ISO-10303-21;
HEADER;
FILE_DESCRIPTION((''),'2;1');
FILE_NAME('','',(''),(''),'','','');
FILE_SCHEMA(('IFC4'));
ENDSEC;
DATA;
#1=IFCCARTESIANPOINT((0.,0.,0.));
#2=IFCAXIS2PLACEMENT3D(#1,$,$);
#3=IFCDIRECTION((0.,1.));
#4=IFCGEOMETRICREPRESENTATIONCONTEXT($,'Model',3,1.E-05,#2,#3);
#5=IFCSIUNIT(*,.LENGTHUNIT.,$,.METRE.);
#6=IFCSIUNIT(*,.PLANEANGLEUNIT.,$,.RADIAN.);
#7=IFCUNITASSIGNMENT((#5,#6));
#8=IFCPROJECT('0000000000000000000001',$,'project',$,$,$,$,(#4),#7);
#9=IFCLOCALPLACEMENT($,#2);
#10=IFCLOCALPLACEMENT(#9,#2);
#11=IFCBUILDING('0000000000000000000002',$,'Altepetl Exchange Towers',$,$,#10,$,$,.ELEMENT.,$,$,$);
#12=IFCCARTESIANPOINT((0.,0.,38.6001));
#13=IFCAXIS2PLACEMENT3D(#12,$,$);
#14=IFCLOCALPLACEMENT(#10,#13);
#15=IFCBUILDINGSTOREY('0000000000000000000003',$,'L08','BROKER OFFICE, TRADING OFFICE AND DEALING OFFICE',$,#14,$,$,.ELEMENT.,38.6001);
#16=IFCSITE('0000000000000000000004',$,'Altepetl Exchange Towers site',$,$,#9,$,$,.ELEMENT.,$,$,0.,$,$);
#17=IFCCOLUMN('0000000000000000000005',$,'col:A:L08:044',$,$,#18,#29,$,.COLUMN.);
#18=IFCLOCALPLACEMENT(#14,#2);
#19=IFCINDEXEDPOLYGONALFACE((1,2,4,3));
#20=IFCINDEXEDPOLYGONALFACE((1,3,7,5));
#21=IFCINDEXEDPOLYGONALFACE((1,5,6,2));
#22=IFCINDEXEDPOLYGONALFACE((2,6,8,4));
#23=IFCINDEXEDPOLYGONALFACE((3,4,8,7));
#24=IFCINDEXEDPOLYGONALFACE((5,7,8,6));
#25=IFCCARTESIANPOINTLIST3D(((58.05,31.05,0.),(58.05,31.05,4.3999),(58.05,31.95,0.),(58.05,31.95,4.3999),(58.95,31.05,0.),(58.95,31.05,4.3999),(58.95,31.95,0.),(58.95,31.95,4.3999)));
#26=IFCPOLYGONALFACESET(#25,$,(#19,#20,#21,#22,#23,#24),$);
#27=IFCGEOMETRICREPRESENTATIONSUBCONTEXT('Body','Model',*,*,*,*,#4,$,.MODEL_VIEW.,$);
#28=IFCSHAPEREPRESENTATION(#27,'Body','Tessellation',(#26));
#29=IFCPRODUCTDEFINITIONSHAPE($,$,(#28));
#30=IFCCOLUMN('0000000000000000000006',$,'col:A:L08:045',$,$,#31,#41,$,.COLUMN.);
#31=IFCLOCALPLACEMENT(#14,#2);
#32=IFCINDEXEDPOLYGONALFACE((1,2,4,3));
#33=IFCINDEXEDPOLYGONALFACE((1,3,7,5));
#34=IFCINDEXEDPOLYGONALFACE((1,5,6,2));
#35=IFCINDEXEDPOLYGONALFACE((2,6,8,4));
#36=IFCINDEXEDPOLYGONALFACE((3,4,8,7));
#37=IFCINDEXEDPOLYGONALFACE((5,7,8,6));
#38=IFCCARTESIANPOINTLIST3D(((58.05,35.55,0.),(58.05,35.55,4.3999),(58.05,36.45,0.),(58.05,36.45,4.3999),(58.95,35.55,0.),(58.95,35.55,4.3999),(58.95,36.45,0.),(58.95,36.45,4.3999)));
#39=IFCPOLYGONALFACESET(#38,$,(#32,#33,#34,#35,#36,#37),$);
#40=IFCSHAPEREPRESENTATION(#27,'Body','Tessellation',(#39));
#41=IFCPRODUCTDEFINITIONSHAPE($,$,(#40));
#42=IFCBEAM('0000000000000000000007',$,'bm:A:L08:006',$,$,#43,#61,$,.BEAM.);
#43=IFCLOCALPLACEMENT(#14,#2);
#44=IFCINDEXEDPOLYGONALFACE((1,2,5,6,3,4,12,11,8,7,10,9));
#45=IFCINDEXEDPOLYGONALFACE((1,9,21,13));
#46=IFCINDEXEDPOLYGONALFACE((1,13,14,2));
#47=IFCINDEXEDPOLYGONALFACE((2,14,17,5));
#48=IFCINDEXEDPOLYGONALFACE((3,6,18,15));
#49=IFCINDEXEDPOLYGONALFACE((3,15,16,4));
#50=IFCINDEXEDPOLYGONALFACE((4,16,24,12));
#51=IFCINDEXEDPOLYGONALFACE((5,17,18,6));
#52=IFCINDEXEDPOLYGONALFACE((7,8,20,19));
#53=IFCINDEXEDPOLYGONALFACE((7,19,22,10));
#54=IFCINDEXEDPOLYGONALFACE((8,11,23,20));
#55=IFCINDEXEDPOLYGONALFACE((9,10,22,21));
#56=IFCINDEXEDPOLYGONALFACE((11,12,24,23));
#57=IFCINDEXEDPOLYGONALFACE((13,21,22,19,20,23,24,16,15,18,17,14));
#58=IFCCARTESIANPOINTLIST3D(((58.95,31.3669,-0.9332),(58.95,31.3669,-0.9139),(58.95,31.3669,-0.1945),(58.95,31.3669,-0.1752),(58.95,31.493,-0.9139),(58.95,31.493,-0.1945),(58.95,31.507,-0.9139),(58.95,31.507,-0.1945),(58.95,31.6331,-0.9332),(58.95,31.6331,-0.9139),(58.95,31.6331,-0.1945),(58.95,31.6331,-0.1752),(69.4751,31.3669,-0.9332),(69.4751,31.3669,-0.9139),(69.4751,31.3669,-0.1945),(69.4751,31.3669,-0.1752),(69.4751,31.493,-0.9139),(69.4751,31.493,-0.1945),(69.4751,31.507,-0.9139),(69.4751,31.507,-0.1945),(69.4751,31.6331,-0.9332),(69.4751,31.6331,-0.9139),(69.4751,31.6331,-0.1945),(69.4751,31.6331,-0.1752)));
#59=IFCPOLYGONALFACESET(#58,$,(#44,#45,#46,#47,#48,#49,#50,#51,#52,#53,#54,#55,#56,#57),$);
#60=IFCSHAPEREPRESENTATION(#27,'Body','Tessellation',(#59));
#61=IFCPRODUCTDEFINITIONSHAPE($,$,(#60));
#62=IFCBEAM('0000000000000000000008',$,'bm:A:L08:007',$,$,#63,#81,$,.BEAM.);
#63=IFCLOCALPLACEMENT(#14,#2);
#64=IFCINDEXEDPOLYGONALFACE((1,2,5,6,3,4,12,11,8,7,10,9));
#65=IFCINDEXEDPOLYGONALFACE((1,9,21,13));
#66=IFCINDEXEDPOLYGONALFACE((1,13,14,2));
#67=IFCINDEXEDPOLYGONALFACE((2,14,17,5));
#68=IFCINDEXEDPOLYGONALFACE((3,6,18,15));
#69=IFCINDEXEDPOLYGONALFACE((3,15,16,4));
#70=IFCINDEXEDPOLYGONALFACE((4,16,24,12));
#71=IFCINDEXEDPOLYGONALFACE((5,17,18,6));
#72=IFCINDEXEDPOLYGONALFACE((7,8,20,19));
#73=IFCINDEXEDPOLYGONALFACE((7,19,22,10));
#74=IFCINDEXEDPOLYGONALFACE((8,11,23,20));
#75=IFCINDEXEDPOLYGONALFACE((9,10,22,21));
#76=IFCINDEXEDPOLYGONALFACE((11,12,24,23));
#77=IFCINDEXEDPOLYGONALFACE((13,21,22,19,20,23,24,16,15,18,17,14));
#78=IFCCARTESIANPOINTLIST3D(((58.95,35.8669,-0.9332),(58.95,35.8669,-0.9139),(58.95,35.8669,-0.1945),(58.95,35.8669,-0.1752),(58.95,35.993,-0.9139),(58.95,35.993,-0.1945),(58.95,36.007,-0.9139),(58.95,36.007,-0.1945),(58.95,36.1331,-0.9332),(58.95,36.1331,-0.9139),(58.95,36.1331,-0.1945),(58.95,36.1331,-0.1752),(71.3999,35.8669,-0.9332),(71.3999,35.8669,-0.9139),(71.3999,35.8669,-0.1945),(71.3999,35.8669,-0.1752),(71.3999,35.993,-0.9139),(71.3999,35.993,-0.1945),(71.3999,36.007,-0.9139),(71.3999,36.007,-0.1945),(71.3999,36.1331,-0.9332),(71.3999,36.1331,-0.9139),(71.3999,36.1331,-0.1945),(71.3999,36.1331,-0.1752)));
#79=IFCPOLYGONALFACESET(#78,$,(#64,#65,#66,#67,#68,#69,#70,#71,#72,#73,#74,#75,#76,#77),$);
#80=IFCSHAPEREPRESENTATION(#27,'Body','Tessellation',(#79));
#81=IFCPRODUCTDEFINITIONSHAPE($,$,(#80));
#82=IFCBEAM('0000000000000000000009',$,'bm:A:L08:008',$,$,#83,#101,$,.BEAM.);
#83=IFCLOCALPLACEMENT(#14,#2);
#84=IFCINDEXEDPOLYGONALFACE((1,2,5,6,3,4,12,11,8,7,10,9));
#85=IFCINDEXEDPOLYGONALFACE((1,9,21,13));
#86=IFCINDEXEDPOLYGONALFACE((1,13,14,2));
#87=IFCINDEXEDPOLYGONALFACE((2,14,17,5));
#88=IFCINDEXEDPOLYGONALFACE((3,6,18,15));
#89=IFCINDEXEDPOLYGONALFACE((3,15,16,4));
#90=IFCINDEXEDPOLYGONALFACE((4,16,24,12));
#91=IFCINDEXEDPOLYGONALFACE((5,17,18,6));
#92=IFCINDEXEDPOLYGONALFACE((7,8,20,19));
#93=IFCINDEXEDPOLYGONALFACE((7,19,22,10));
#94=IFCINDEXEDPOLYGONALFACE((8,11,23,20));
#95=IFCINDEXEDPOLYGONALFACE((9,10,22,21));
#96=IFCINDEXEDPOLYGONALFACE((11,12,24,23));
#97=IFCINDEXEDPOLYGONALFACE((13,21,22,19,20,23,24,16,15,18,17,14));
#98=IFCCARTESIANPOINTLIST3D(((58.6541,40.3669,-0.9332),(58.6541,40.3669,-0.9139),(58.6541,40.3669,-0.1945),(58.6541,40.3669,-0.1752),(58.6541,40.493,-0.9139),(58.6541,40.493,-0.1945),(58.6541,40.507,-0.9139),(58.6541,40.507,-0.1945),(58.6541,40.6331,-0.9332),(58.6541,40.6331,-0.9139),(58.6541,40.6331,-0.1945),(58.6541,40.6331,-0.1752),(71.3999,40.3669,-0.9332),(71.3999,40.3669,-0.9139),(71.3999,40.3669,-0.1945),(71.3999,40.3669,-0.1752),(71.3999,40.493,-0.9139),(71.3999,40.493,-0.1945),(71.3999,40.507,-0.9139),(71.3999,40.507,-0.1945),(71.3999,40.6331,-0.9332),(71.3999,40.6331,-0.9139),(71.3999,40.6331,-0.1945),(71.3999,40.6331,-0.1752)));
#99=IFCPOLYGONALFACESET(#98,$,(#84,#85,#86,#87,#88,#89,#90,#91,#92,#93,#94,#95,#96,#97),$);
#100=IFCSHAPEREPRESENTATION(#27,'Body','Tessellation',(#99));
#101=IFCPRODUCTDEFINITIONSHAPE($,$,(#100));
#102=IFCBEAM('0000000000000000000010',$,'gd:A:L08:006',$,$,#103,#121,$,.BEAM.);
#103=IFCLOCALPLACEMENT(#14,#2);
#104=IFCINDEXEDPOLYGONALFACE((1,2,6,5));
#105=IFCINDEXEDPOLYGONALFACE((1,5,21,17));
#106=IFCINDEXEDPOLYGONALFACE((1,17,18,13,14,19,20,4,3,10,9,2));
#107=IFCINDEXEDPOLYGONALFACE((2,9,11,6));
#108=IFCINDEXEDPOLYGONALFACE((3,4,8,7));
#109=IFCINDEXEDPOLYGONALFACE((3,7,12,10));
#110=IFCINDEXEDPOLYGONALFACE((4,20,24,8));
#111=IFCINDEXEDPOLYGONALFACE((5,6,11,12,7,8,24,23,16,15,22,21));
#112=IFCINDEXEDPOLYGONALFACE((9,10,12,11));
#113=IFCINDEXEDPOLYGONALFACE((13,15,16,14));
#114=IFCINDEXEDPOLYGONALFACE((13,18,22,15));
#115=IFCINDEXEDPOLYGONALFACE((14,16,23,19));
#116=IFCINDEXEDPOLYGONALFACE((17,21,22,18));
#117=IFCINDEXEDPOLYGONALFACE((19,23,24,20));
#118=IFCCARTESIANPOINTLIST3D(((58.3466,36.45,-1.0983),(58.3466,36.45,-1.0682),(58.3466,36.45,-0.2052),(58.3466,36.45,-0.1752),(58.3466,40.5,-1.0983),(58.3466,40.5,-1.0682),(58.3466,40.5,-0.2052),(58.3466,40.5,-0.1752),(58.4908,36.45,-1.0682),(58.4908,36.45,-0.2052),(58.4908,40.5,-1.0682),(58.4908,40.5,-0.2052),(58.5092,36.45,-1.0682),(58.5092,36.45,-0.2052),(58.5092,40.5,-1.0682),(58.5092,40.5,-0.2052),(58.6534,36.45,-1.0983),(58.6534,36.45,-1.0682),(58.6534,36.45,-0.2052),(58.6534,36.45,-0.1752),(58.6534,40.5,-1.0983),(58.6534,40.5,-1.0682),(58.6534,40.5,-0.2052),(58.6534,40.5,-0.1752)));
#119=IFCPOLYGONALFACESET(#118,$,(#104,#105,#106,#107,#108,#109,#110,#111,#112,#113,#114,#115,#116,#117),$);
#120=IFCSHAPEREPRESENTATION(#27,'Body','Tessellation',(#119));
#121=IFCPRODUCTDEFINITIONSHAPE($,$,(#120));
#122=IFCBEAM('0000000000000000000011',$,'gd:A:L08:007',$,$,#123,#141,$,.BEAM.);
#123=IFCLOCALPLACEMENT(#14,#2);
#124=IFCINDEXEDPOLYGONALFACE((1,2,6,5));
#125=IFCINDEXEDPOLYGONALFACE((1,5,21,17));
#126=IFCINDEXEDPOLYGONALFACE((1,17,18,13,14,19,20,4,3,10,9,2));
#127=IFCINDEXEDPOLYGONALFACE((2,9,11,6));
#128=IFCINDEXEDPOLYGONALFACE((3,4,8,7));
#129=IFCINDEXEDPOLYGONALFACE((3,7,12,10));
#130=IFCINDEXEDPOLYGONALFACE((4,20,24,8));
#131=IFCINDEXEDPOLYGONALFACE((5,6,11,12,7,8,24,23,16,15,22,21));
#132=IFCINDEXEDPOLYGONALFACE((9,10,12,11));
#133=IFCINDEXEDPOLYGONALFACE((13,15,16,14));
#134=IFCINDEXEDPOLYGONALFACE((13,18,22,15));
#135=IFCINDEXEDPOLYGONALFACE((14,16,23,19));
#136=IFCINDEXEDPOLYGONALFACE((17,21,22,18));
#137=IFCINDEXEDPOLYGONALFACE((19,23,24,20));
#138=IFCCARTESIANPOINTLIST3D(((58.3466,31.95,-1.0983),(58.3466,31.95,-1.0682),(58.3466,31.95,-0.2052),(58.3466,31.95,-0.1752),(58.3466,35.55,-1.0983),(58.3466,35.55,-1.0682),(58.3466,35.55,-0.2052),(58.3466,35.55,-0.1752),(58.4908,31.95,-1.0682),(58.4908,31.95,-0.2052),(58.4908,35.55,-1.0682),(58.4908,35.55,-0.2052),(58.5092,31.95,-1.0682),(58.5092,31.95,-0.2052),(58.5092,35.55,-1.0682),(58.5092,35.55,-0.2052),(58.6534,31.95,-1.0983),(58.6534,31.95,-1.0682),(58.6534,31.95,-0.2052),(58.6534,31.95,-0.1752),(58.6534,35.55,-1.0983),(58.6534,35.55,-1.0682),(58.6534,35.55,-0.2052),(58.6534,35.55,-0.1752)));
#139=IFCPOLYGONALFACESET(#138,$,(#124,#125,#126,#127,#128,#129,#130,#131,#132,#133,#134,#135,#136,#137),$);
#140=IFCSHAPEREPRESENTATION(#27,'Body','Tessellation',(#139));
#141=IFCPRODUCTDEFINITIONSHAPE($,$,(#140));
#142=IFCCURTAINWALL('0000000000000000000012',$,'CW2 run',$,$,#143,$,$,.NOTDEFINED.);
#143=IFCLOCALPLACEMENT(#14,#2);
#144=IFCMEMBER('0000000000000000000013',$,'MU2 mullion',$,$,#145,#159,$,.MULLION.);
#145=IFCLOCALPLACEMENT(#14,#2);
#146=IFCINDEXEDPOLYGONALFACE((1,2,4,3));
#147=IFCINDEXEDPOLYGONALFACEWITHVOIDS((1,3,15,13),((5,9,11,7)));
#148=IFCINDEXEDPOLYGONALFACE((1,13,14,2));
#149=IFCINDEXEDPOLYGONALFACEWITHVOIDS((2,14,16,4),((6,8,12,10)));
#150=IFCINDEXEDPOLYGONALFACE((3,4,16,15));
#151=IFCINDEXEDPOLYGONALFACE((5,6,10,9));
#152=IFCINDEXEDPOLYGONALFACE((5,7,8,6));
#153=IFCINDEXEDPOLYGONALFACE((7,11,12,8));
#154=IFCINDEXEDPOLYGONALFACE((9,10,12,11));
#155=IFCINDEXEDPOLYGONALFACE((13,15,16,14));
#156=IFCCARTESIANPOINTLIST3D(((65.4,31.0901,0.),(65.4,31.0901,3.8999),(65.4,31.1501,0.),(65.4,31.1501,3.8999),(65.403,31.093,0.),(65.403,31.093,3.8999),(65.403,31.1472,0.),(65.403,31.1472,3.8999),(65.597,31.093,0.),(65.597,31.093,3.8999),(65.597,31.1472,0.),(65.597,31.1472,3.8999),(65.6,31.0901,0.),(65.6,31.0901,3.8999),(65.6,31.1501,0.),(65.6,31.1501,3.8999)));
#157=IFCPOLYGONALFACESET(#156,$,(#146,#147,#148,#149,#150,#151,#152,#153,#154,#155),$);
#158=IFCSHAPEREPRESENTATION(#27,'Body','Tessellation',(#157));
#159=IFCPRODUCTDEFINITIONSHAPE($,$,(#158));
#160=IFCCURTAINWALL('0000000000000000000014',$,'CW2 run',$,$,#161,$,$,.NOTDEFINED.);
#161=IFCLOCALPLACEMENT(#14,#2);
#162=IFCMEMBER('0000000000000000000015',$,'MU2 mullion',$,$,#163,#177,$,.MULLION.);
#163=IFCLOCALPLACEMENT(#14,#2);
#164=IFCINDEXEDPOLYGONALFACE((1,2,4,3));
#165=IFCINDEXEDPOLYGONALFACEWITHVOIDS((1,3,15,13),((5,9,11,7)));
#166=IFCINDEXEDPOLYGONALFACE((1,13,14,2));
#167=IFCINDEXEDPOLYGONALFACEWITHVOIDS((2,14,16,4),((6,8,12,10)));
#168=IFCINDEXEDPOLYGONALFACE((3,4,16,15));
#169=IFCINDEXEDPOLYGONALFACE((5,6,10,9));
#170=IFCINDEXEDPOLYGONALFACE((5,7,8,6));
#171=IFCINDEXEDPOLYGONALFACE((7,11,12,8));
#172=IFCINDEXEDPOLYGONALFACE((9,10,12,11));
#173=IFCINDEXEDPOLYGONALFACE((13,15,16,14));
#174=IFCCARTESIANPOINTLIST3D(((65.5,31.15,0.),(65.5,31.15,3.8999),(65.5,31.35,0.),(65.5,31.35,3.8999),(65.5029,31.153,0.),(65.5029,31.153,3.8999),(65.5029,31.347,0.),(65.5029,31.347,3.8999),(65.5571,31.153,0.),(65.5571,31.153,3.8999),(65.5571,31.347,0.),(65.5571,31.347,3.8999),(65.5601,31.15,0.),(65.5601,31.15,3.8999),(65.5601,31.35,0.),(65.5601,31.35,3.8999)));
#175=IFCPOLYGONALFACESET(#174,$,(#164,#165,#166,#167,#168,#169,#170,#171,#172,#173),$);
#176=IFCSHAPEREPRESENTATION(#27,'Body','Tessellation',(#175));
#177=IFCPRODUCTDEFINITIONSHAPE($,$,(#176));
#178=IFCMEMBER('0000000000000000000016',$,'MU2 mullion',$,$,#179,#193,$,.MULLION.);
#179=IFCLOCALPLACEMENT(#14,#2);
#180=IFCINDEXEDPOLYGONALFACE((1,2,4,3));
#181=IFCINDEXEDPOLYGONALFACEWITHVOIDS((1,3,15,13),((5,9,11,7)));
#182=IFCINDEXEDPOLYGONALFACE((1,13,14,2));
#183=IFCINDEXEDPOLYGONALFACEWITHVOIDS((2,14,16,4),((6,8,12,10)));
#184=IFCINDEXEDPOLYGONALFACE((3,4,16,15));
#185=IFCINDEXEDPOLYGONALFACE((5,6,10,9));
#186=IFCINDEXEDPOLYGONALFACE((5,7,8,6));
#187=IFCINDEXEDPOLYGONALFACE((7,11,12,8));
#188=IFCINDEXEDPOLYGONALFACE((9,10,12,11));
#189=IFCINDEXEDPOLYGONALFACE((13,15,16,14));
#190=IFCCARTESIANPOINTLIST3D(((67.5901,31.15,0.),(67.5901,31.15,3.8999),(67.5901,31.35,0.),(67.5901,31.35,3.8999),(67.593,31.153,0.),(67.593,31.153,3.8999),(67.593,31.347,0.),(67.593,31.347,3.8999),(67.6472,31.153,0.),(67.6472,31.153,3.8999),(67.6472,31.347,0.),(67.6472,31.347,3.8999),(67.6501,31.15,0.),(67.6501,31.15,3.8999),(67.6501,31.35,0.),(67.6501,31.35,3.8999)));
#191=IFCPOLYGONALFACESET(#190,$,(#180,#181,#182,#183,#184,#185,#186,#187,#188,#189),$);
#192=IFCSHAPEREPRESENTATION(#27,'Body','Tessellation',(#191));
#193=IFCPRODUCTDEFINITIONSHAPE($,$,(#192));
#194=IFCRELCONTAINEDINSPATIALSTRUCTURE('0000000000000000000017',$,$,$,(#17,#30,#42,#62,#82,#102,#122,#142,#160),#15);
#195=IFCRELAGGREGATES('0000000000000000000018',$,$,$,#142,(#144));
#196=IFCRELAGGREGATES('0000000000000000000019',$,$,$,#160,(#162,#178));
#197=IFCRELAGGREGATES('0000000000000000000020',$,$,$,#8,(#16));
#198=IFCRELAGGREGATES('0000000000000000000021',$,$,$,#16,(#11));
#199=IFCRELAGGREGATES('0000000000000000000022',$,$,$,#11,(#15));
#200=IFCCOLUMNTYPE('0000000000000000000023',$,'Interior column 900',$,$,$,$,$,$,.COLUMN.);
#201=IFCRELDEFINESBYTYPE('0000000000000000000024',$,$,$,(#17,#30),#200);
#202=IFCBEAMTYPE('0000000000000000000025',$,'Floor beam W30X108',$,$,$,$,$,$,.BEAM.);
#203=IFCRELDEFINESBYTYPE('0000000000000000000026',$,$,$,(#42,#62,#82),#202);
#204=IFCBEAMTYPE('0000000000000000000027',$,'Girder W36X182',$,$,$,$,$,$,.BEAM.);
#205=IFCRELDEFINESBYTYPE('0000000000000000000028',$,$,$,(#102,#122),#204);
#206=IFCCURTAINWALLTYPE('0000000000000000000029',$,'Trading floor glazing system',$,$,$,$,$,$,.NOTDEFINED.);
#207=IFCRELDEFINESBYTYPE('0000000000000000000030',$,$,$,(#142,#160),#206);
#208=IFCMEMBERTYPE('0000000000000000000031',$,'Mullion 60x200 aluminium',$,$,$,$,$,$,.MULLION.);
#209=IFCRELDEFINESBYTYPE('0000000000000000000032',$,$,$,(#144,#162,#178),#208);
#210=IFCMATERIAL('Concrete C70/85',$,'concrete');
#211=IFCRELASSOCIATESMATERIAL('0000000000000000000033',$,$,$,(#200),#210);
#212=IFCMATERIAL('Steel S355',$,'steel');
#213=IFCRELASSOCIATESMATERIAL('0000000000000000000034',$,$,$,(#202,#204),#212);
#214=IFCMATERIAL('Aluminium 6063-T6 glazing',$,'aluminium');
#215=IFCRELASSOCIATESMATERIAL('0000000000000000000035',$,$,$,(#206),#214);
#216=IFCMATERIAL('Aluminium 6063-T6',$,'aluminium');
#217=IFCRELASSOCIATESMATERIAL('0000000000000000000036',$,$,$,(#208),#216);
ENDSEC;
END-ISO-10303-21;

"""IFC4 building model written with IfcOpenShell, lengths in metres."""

from ifc_helpers import new_model, si_unit, direction, frame, origin, origin_2d, place, context, subcontext, project, spatial, rectangle, hollow_rectangle, i_section, extrude, material, material_profile, profile_set, type_object, element, aggregate, save


model = new_model("IFC4")

# Units and contexts
model_context = context("Model", 3, precision=1e-05, world=origin(), true_north=direction((0.0, 1.0)))
body_context = subcontext(model_context, "Body", "Model", "MODEL_VIEW")
ifc_project = project(units=[si_unit("LENGTHUNIT", "METRE"), si_unit("PLANEANGLEUNIT", "RADIAN")], contexts=[model_context])

# Site, building, storey
site_placement = place(None, origin())
site = spatial("IfcSite", under=ifc_project, at=site_placement, Name="Altepetl Exchange Towers site", CompositionType="ELEMENT", RefElevation=0.0)
building_placement = place(site_placement, origin())
building = spatial("IfcBuilding", under=site, at=building_placement, Name="Altepetl Exchange Towers", CompositionType="ELEMENT")
storey_placement = place(building_placement, frame((0.0, 0.0, 38.6001)))
storey = spatial("IfcBuildingStorey", under=building, at=storey_placement, Name="L08", Description="BROKER OFFICE, TRADING OFFICE AND DEALING OFFICE", CompositionType="ELEMENT", Elevation=38.6001)

# Columns
ifc_material_1 = material(Name="Concrete C70/85", Category="concrete")
ifc_material_profile_1 = material_profile(ifc_material_1, rectangle(XDim=0.8999, YDim=0.8999, at=origin_2d()), Name="900 x 900")
ifc_profile_set_1 = profile_set([ifc_material_profile_1], Name="Concrete C70/85")
column_type = type_object("IfcColumnType", Name="Interior column 900", PredefinedType="COLUMN", material=ifc_profile_set_1)
for number, where, name in (
    (1, (58.5, 31.5, 0.0), "col:A:L08:044"),
    (2, (58.5, 36.0, 0.0), "col:A:L08:045"),
):
    element("IfcColumn", number, at=place(storey_placement, frame(where)), inside=storey, type_object=column_type, Name=name, PredefinedType="COLUMN", context=body_context, shape_type="SweptSolid", body=[
        extrude(rectangle(XDim=0.8999, YDim=0.8999, at=origin_2d()), origin(), (0.0, 0.0, 1.0), 4.3999),
    ])

# Beams
ifc_material_2 = material(Name="Steel S355", Category="steel")
ifc_material_profile_2 = material_profile(ifc_material_2, i_section(OverallWidth=0.2661, OverallDepth=0.7581, WebThickness=0.0139, FlangeThickness=0.0193, at=origin_2d()), Name="W30X108")
ifc_profile_set_2 = profile_set([ifc_material_profile_2], Name="Steel S355")
beam_type_1 = type_object("IfcBeamType", Name="Floor beam W30X108", PredefinedType="BEAM", material=ifc_profile_set_2)
beam_1_placement = place(storey_placement, frame((58.95, 31.5, -0.5542), z_axis=(1.0, 0.0, 0.0), x_axis=(0.0, 1.0, 0.0)))
element("IfcBeam", 3, at=beam_1_placement, inside=storey, type_object=beam_type_1, Name="bm:A:L08:006", PredefinedType="BEAM", context=body_context, shape_type="SweptSolid", body=[
    extrude(i_section(OverallWidth=0.2661, OverallDepth=0.7581, WebThickness=0.0139, FlangeThickness=0.0193, at=origin_2d()), origin(), (0.0, 0.0, 1.0), 10.5251),
])
beam_2_placement = place(storey_placement, frame((58.95, 36.0, -0.5542), z_axis=(1.0, 0.0, 0.0), x_axis=(0.0, 1.0, 0.0)))
element("IfcBeam", 4, at=beam_2_placement, inside=storey, type_object=beam_type_1, Name="bm:A:L08:007", PredefinedType="BEAM", context=body_context, shape_type="SweptSolid", body=[
    extrude(i_section(OverallWidth=0.2661, OverallDepth=0.7581, WebThickness=0.0139, FlangeThickness=0.0193, at=origin_2d()), origin(), (0.0, 0.0, 1.0), 12.45),
])
beam_3_placement = place(storey_placement, frame((58.6541, 40.5, -0.5542), z_axis=(1.0, 0.0, 0.0), x_axis=(0.0, 1.0, 0.0)))
element("IfcBeam", 5, at=beam_3_placement, inside=storey, type_object=beam_type_1, Name="bm:A:L08:008", PredefinedType="BEAM", context=body_context, shape_type="SweptSolid", body=[
    extrude(i_section(OverallWidth=0.2661, OverallDepth=0.7581, WebThickness=0.0139, FlangeThickness=0.0193, at=origin_2d()), origin(), (0.0, 0.0, 1.0), 12.7458),
])
ifc_material_profile_3 = material_profile(ifc_material_2, i_section(OverallWidth=0.3069, OverallDepth=0.9231, WebThickness=0.0183, FlangeThickness=0.03, at=origin_2d()), Name="W36X182")
ifc_profile_set_3 = profile_set([ifc_material_profile_3], Name="Steel S355")
beam_type_2 = type_object("IfcBeamType", Name="Girder W36X182", PredefinedType="BEAM", material=ifc_profile_set_3)
beam_4_placement = place(storey_placement, frame((58.5, 40.5, -0.6367), z_axis=(0.0, -1.0, 0.0), x_axis=(1.0, 0.0, 0.0)))
element("IfcBeam", 6, at=beam_4_placement, inside=storey, type_object=beam_type_2, Name="gd:A:L08:006", PredefinedType="BEAM", context=body_context, shape_type="SweptSolid", body=[
    extrude(i_section(OverallWidth=0.3069, OverallDepth=0.9231, WebThickness=0.0183, FlangeThickness=0.03, at=origin_2d()), origin(), (0.0, 0.0, 1.0), 4.05),
])
beam_5_placement = place(storey_placement, frame((58.5, 35.55, -0.6367), z_axis=(0.0, -1.0, 0.0), x_axis=(1.0, 0.0, 0.0)))
element("IfcBeam", 7, at=beam_5_placement, inside=storey, type_object=beam_type_2, Name="gd:A:L08:007", PredefinedType="BEAM", context=body_context, shape_type="SweptSolid", body=[
    extrude(i_section(OverallWidth=0.3069, OverallDepth=0.9231, WebThickness=0.0183, FlangeThickness=0.03, at=origin_2d()), origin(), (0.0, 0.0, 1.0), 3.6001),
])

# Curtain wall, member
ifc_material_3 = material(Name="Aluminium 6063-T6 glazing", Category="aluminium")
curtain_wall_type = type_object("IfcCurtainWallType", Name="Trading floor glazing system", PredefinedType="NOTDEFINED", material=ifc_material_3)
curtain_wall_1_placement = place(storey_placement, origin())
curtain_wall_1 = element("IfcCurtainWall", 8, at=curtain_wall_1_placement, inside=storey, type_object=curtain_wall_type, Name="CW2 run", PredefinedType="NOTDEFINED")
ifc_material_4 = material(Name="Aluminium 6063-T6", Category="aluminium")
ifc_material_profile_4 = material_profile(ifc_material_4, hollow_rectangle(XDim=0.0601, YDim=0.2, WallThickness=0.0029, at=origin_2d()), Name="Mullion 60x200 aluminium")
ifc_profile_set_4 = profile_set([ifc_material_profile_4], Name="Aluminium 6063-T6")
member_type = type_object("IfcMemberType", Name="Mullion 60x200 aluminium", PredefinedType="MULLION", material=ifc_profile_set_4)
member_1_placement = place(storey_placement, frame((65.5, 31.1201, 0.0), z_axis=(0.0, 0.0, 1.0), x_axis=(0.0, 1.0, 0.0)))
member_1 = element("IfcMember", 9, at=member_1_placement, type_object=member_type, Name="MU2 mullion", PredefinedType="MULLION", context=body_context, shape_type="SweptSolid", body=[
    extrude(hollow_rectangle(XDim=0.0601, YDim=0.2, WallThickness=0.0029, at=origin_2d()), origin(), (0.0, 0.0, 1.0), 3.8999),
])
aggregate(curtain_wall_1, [member_1])

# Curtain wall, members
curtain_wall_2_placement = place(storey_placement, origin())
curtain_wall_2 = element("IfcCurtainWall", 10, at=curtain_wall_2_placement, inside=storey, type_object=curtain_wall_type, Name="CW2 run", PredefinedType="NOTDEFINED")
member_2_placement = place(storey_placement, frame((65.53, 31.25, 0.0)))
member_2 = element("IfcMember", 11, at=member_2_placement, type_object=member_type, Name="MU2 mullion", PredefinedType="MULLION", context=body_context, shape_type="SweptSolid", body=[
    extrude(hollow_rectangle(XDim=0.0601, YDim=0.2, WallThickness=0.0029, at=origin_2d()), origin(), (0.0, 0.0, 1.0), 3.8999),
])
member_3_placement = place(storey_placement, frame((67.6201, 31.25, 0.0)))
member_3 = element("IfcMember", 12, at=member_3_placement, type_object=member_type, Name="MU2 mullion", PredefinedType="MULLION", context=body_context, shape_type="SweptSolid", body=[
    extrude(hollow_rectangle(XDim=0.0601, YDim=0.2, WallThickness=0.0029, at=origin_2d()), origin(), (0.0, 0.0, 1.0), 3.8999),
])

aggregate(curtain_wall_2, [member_2, member_3])

save(model, "model.ifc")
